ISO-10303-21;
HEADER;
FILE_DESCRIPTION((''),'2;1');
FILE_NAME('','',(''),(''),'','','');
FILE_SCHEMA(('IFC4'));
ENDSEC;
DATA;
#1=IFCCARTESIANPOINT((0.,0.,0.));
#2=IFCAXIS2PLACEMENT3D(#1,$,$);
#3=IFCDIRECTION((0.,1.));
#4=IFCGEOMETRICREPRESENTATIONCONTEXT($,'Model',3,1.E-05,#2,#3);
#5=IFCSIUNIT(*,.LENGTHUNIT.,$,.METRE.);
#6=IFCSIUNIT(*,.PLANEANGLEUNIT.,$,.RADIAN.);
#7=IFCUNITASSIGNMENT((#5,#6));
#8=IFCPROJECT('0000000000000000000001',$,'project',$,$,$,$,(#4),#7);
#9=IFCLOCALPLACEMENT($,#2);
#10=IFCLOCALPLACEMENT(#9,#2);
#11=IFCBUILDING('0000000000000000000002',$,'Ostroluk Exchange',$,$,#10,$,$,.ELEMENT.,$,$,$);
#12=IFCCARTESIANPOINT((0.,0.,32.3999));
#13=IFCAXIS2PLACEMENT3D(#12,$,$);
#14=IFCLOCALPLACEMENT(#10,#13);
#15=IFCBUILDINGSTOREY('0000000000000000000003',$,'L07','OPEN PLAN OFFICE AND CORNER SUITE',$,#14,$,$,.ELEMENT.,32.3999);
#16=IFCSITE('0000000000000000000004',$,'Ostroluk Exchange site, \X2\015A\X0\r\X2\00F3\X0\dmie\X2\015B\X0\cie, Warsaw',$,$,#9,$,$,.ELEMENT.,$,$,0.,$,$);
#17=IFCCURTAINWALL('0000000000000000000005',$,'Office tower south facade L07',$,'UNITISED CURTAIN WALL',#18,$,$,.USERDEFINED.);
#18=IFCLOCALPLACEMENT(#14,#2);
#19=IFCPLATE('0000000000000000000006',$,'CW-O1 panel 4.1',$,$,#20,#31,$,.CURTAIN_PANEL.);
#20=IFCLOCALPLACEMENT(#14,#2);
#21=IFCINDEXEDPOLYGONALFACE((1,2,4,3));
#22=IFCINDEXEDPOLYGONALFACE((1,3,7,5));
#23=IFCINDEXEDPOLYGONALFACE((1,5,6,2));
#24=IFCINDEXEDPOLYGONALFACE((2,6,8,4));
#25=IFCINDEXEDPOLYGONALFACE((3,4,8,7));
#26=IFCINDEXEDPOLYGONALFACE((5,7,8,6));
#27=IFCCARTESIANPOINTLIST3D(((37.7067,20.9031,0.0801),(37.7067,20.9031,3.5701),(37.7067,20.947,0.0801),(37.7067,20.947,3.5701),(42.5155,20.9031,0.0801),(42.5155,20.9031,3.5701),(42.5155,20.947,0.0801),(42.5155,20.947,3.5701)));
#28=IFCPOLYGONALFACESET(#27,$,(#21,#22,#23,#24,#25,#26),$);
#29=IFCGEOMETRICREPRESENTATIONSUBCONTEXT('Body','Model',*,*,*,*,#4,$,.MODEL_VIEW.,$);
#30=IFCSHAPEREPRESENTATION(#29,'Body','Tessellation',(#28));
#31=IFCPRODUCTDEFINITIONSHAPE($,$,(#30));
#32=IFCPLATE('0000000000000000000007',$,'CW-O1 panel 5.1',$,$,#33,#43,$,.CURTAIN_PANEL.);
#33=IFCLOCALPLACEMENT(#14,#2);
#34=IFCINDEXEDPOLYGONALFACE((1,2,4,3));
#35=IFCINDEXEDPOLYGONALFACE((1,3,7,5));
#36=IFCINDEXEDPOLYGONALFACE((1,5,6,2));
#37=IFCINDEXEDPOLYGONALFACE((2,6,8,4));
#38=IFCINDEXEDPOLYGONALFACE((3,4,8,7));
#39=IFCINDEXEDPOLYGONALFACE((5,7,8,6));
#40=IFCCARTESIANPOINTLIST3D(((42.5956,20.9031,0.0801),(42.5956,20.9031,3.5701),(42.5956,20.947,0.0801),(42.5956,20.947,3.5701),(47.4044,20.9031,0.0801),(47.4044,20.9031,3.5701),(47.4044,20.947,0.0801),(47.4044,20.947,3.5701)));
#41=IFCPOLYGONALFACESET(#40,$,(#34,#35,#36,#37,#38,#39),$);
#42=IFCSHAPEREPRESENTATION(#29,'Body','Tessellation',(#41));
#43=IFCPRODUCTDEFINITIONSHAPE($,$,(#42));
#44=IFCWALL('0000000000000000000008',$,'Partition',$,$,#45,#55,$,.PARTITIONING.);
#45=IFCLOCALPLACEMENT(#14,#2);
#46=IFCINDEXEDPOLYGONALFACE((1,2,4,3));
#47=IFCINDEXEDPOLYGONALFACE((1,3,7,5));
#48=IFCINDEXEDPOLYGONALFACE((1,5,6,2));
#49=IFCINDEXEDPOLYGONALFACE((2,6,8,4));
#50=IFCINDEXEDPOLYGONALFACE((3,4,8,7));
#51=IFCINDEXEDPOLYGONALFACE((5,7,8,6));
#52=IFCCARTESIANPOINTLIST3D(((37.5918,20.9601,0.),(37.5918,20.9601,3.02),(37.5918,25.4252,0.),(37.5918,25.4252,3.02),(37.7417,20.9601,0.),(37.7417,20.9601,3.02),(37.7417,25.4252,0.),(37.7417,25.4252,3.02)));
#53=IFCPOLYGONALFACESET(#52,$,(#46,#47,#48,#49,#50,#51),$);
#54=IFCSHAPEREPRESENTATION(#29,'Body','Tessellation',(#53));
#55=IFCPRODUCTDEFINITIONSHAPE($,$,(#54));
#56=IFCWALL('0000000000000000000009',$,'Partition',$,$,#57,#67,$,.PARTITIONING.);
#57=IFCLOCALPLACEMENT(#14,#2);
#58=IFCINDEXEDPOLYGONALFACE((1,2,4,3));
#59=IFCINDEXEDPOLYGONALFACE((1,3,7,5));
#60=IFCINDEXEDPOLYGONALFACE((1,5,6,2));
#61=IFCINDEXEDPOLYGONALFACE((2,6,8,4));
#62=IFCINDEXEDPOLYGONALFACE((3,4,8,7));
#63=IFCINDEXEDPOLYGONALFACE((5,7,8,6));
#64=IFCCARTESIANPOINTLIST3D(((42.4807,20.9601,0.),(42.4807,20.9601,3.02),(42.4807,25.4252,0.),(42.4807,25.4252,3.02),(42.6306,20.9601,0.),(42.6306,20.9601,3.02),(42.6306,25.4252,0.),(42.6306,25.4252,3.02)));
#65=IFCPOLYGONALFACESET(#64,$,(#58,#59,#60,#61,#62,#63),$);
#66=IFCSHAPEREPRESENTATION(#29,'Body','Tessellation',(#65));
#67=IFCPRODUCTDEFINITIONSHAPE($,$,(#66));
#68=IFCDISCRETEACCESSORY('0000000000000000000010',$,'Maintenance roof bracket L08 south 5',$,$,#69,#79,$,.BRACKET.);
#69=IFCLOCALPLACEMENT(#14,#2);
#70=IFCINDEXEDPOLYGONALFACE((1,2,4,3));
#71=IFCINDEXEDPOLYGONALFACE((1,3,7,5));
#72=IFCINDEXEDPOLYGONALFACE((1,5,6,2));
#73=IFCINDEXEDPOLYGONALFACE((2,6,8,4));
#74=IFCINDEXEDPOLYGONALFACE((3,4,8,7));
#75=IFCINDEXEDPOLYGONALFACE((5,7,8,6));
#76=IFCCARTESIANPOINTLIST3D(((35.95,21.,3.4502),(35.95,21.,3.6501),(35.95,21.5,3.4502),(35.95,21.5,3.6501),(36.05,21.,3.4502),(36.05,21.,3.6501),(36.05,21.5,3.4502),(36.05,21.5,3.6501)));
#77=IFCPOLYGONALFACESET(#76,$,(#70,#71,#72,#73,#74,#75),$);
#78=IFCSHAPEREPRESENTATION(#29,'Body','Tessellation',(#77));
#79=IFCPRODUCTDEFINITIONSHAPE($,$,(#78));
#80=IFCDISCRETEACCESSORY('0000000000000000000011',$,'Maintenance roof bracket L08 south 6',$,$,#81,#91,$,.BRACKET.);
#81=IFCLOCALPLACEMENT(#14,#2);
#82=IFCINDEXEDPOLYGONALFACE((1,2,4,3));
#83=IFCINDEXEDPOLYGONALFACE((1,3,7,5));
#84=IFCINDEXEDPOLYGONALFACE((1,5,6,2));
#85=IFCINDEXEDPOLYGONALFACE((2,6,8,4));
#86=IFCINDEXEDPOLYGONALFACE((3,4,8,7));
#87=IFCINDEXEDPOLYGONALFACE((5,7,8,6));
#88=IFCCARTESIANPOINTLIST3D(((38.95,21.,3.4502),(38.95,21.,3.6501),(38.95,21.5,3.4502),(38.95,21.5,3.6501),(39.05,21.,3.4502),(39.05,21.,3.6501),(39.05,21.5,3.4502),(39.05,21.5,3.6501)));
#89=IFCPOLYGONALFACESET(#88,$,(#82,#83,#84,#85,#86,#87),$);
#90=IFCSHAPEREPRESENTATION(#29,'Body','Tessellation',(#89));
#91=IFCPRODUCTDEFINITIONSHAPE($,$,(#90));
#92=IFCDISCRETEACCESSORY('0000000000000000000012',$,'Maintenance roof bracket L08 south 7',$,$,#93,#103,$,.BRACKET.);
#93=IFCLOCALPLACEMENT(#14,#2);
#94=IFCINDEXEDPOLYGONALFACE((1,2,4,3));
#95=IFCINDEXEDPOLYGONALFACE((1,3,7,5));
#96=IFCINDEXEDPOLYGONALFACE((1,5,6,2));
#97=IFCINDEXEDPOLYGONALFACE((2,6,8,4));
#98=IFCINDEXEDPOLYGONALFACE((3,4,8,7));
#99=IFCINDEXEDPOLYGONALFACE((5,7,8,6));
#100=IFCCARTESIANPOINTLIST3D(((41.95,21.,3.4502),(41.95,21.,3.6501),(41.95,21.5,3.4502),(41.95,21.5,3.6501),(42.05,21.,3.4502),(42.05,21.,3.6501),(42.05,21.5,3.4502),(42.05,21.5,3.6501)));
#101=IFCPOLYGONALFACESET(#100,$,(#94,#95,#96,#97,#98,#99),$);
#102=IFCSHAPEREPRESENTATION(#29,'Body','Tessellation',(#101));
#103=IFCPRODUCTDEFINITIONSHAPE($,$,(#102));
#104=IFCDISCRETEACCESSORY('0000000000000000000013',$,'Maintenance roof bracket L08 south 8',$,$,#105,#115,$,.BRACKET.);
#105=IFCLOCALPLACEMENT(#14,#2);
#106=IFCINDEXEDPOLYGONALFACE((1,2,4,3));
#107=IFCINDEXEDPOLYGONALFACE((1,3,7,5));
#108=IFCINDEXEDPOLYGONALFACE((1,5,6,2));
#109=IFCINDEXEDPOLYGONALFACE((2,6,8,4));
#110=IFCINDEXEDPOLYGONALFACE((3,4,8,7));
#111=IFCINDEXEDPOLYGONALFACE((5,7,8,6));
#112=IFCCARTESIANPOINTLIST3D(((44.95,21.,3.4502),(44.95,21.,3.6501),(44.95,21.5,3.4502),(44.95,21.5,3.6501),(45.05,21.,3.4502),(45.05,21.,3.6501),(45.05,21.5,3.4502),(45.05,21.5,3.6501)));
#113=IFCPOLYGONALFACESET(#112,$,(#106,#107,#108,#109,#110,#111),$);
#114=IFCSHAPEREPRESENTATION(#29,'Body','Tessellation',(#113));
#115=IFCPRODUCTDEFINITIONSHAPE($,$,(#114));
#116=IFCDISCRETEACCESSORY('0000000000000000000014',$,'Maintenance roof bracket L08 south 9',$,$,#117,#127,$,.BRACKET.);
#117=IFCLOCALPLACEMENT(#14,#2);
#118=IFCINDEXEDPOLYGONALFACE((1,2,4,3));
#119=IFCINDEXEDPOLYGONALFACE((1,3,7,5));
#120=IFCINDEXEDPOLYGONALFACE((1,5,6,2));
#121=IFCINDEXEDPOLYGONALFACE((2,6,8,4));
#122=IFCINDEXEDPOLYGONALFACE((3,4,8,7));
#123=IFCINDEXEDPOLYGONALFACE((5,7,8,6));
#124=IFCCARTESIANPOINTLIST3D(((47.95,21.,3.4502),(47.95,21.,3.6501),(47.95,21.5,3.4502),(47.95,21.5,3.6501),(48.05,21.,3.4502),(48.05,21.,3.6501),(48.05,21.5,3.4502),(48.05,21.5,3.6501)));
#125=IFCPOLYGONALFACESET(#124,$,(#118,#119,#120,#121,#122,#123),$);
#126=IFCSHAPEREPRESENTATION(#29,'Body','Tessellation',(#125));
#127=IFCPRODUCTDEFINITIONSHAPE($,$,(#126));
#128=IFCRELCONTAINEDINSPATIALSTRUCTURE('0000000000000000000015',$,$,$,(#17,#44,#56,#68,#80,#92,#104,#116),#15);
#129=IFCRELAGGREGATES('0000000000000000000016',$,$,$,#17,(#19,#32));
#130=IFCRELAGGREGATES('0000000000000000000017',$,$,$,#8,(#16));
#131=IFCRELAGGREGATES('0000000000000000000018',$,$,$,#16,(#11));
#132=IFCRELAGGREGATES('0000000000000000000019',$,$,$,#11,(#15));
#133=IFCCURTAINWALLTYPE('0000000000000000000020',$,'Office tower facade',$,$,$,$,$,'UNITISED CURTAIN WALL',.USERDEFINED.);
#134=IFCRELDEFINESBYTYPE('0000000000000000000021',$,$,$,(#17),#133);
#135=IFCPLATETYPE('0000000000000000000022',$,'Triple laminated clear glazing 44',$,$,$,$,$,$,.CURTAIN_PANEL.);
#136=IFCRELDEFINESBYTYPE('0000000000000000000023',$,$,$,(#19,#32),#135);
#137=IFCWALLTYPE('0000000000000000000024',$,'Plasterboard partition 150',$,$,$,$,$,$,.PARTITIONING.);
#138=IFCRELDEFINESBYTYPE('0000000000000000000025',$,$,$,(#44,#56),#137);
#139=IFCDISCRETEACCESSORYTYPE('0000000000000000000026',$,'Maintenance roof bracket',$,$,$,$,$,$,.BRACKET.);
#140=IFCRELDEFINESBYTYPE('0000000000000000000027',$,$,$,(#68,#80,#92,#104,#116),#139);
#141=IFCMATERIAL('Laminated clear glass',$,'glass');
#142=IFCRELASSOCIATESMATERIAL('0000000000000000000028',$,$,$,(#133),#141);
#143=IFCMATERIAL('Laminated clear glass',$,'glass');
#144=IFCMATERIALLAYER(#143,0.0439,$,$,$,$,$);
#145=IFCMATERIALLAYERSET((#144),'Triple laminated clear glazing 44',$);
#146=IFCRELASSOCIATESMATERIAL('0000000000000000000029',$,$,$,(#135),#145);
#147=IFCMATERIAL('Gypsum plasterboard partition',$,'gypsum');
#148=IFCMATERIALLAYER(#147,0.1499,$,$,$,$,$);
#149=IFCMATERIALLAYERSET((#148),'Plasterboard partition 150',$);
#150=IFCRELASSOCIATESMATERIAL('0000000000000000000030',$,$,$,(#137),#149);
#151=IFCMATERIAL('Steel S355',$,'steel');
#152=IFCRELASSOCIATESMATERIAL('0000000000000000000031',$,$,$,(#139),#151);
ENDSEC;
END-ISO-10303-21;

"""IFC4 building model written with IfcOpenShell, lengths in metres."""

from ifc_helpers import new_model, si_unit, direction, frame, frame_2d, origin, origin_2d, place, context, subcontext, project, spatial, rectangle, extrude, material, layer, layer_set, type_object, element, aggregate, save


model = new_model("IFC4")

# Units and contexts
model_context = context("Model", 3, precision=1e-05, world=origin(), true_north=direction((0.0, 1.0)))
body_context = subcontext(model_context, "Body", "Model", "MODEL_VIEW")
ifc_project = project(units=[si_unit("LENGTHUNIT", "METRE"), si_unit("PLANEANGLEUNIT", "RADIAN")], contexts=[model_context])

# Site, building, storey
site_placement = place(None, origin())
site = spatial("IfcSite", under=ifc_project, at=site_placement, Name="Ostroluk Exchange site, Śródmieście, Warsaw", CompositionType="ELEMENT", RefElevation=0.0)
building_placement = place(site_placement, origin())
building = spatial("IfcBuilding", under=site, at=building_placement, Name="Ostroluk Exchange", CompositionType="ELEMENT")
storey_placement = place(building_placement, frame((0.0, 0.0, 32.3999)))
storey = spatial("IfcBuildingStorey", under=building, at=storey_placement, Name="L07", Description="OPEN PLAN OFFICE AND CORNER SUITE", CompositionType="ELEMENT", Elevation=32.3999)

# Curtain wall, plates
ifc_material_1 = material(Name="Laminated clear glass", Category="glass")
curtain_wall_type = type_object("IfcCurtainWallType", Name="Office tower facade", ElementType="UNITISED CURTAIN WALL", PredefinedType="USERDEFINED", material=ifc_material_1)
curtain_wall_placement = place(storey_placement, origin())
curtain_wall = element("IfcCurtainWall", 1, at=curtain_wall_placement, inside=storey, type_object=curtain_wall_type, Name="Office tower south facade L07", ObjectType="UNITISED CURTAIN WALL", PredefinedType="USERDEFINED")
ifc_material_2 = material(Name="Laminated clear glass", Category="glass")
ifc_layer_1 = layer(ifc_material_2, 0.0439)
ifc_layer_set_1 = layer_set([ifc_layer_1], Name="Triple laminated clear glazing 44")
plate_type = type_object("IfcPlateType", Name="Triple laminated clear glazing 44", PredefinedType="CURTAIN_PANEL", material=ifc_layer_set_1)
plate_1_placement = place(storey_placement, frame((40.1111, 20.925, 0.0801), z_axis=(0.0, 0.0, 1.0), x_axis=(1.0, 0.0, 0.0)))
plate_1 = element("IfcPlate", 2, at=plate_1_placement, type_object=plate_type, Name="CW-O1 panel 4.1", PredefinedType="CURTAIN_PANEL", context=body_context, shape_type="SweptSolid", body=[
    extrude(rectangle(XDim=4.8088, YDim=0.0439, at=origin_2d()), origin(), (0.0, 0.0, 1.0), 3.49),
])
plate_2_placement = place(storey_placement, frame((45.0, 20.925, 0.0801), z_axis=(0.0, 0.0, 1.0), x_axis=(1.0, 0.0, 0.0)))
plate_2 = element("IfcPlate", 3, at=plate_2_placement, type_object=plate_type, Name="CW-O1 panel 5.1", PredefinedType="CURTAIN_PANEL", context=body_context, shape_type="SweptSolid", body=[
    extrude(rectangle(XDim=4.8088, YDim=0.0439, at=origin_2d()), origin(), (0.0, 0.0, 1.0), 3.49),
])
aggregate(curtain_wall, [plate_1, plate_2])

# Walls
ifc_material_3 = material(Name="Gypsum plasterboard partition", Category="gypsum")
ifc_layer_2 = layer(ifc_material_3, 0.1499)
ifc_layer_set_2 = layer_set([ifc_layer_2], Name="Plasterboard partition 150")
wall_type = type_object("IfcWallType", Name="Plasterboard partition 150", PredefinedType="PARTITIONING", material=ifc_layer_set_2)
for number, where, z_axis, x_axis, name in (
    (4, (37.6667, 25.425, 0.0), (0.0, 0.0, 1.0), (0.0, -1.0, 0.0), "Partition"),
    (5, (42.5557, 25.425, 0.0), (0.0, 0.0, 1.0), (0.0, -1.0, 0.0), "Partition"),
):
    element("IfcWall", number, at=place(storey_placement, frame(where, z_axis=z_axis, x_axis=x_axis)), inside=storey, type_object=wall_type, Name=name, PredefinedType="PARTITIONING", context=body_context, shape_type="SweptSolid", body=[
        extrude(rectangle(XDim=4.4651, YDim=0.1499, at=frame_2d((2.2324, 0.0))), origin(), (0.0, 0.0, 1.0), 3.02),
    ])

# Discrete accessories
ifc_material_4 = material(Name="Steel S355", Category="steel")
discrete_accessory_type = type_object("IfcDiscreteAccessoryType", Name="Maintenance roof bracket", PredefinedType="BRACKET", material=ifc_material_4)
for number, where, z_axis, x_axis, name in (
    (6, (36.0, 21.25, 3.4502), (0.0, 0.0, 1.0), (1.0, 0.0, 0.0), "Maintenance roof bracket L08 south 5"),
    (7, (39.0, 21.25, 3.4502), (0.0, 0.0, 1.0), (1.0, 0.0, 0.0), "Maintenance roof bracket L08 south 6"),
    (8, (42.0, 21.25, 3.4502), (0.0, 0.0, 1.0), (1.0, 0.0, 0.0), "Maintenance roof bracket L08 south 7"),
    (9, (45.0, 21.25, 3.4502), (0.0, 0.0, 1.0), (1.0, 0.0, 0.0), "Maintenance roof bracket L08 south 8"),
    (10, (48.0, 21.25, 3.4502), (0.0, 0.0, 1.0), (1.0, 0.0, 0.0), "Maintenance roof bracket L08 south 9"),
):
    element("IfcDiscreteAccessory", number, at=place(storey_placement, frame(where, z_axis=z_axis, x_axis=x_axis)), inside=storey, type_object=discrete_accessory_type, Name=name, PredefinedType="BRACKET", context=body_context, shape_type="SweptSolid", body=[
        extrude(rectangle(XDim=0.1001, YDim=0.5, at=origin_2d()), origin(), (0.0, 0.0, 1.0), 0.2),
    ])

save(model, "model.ifc")
